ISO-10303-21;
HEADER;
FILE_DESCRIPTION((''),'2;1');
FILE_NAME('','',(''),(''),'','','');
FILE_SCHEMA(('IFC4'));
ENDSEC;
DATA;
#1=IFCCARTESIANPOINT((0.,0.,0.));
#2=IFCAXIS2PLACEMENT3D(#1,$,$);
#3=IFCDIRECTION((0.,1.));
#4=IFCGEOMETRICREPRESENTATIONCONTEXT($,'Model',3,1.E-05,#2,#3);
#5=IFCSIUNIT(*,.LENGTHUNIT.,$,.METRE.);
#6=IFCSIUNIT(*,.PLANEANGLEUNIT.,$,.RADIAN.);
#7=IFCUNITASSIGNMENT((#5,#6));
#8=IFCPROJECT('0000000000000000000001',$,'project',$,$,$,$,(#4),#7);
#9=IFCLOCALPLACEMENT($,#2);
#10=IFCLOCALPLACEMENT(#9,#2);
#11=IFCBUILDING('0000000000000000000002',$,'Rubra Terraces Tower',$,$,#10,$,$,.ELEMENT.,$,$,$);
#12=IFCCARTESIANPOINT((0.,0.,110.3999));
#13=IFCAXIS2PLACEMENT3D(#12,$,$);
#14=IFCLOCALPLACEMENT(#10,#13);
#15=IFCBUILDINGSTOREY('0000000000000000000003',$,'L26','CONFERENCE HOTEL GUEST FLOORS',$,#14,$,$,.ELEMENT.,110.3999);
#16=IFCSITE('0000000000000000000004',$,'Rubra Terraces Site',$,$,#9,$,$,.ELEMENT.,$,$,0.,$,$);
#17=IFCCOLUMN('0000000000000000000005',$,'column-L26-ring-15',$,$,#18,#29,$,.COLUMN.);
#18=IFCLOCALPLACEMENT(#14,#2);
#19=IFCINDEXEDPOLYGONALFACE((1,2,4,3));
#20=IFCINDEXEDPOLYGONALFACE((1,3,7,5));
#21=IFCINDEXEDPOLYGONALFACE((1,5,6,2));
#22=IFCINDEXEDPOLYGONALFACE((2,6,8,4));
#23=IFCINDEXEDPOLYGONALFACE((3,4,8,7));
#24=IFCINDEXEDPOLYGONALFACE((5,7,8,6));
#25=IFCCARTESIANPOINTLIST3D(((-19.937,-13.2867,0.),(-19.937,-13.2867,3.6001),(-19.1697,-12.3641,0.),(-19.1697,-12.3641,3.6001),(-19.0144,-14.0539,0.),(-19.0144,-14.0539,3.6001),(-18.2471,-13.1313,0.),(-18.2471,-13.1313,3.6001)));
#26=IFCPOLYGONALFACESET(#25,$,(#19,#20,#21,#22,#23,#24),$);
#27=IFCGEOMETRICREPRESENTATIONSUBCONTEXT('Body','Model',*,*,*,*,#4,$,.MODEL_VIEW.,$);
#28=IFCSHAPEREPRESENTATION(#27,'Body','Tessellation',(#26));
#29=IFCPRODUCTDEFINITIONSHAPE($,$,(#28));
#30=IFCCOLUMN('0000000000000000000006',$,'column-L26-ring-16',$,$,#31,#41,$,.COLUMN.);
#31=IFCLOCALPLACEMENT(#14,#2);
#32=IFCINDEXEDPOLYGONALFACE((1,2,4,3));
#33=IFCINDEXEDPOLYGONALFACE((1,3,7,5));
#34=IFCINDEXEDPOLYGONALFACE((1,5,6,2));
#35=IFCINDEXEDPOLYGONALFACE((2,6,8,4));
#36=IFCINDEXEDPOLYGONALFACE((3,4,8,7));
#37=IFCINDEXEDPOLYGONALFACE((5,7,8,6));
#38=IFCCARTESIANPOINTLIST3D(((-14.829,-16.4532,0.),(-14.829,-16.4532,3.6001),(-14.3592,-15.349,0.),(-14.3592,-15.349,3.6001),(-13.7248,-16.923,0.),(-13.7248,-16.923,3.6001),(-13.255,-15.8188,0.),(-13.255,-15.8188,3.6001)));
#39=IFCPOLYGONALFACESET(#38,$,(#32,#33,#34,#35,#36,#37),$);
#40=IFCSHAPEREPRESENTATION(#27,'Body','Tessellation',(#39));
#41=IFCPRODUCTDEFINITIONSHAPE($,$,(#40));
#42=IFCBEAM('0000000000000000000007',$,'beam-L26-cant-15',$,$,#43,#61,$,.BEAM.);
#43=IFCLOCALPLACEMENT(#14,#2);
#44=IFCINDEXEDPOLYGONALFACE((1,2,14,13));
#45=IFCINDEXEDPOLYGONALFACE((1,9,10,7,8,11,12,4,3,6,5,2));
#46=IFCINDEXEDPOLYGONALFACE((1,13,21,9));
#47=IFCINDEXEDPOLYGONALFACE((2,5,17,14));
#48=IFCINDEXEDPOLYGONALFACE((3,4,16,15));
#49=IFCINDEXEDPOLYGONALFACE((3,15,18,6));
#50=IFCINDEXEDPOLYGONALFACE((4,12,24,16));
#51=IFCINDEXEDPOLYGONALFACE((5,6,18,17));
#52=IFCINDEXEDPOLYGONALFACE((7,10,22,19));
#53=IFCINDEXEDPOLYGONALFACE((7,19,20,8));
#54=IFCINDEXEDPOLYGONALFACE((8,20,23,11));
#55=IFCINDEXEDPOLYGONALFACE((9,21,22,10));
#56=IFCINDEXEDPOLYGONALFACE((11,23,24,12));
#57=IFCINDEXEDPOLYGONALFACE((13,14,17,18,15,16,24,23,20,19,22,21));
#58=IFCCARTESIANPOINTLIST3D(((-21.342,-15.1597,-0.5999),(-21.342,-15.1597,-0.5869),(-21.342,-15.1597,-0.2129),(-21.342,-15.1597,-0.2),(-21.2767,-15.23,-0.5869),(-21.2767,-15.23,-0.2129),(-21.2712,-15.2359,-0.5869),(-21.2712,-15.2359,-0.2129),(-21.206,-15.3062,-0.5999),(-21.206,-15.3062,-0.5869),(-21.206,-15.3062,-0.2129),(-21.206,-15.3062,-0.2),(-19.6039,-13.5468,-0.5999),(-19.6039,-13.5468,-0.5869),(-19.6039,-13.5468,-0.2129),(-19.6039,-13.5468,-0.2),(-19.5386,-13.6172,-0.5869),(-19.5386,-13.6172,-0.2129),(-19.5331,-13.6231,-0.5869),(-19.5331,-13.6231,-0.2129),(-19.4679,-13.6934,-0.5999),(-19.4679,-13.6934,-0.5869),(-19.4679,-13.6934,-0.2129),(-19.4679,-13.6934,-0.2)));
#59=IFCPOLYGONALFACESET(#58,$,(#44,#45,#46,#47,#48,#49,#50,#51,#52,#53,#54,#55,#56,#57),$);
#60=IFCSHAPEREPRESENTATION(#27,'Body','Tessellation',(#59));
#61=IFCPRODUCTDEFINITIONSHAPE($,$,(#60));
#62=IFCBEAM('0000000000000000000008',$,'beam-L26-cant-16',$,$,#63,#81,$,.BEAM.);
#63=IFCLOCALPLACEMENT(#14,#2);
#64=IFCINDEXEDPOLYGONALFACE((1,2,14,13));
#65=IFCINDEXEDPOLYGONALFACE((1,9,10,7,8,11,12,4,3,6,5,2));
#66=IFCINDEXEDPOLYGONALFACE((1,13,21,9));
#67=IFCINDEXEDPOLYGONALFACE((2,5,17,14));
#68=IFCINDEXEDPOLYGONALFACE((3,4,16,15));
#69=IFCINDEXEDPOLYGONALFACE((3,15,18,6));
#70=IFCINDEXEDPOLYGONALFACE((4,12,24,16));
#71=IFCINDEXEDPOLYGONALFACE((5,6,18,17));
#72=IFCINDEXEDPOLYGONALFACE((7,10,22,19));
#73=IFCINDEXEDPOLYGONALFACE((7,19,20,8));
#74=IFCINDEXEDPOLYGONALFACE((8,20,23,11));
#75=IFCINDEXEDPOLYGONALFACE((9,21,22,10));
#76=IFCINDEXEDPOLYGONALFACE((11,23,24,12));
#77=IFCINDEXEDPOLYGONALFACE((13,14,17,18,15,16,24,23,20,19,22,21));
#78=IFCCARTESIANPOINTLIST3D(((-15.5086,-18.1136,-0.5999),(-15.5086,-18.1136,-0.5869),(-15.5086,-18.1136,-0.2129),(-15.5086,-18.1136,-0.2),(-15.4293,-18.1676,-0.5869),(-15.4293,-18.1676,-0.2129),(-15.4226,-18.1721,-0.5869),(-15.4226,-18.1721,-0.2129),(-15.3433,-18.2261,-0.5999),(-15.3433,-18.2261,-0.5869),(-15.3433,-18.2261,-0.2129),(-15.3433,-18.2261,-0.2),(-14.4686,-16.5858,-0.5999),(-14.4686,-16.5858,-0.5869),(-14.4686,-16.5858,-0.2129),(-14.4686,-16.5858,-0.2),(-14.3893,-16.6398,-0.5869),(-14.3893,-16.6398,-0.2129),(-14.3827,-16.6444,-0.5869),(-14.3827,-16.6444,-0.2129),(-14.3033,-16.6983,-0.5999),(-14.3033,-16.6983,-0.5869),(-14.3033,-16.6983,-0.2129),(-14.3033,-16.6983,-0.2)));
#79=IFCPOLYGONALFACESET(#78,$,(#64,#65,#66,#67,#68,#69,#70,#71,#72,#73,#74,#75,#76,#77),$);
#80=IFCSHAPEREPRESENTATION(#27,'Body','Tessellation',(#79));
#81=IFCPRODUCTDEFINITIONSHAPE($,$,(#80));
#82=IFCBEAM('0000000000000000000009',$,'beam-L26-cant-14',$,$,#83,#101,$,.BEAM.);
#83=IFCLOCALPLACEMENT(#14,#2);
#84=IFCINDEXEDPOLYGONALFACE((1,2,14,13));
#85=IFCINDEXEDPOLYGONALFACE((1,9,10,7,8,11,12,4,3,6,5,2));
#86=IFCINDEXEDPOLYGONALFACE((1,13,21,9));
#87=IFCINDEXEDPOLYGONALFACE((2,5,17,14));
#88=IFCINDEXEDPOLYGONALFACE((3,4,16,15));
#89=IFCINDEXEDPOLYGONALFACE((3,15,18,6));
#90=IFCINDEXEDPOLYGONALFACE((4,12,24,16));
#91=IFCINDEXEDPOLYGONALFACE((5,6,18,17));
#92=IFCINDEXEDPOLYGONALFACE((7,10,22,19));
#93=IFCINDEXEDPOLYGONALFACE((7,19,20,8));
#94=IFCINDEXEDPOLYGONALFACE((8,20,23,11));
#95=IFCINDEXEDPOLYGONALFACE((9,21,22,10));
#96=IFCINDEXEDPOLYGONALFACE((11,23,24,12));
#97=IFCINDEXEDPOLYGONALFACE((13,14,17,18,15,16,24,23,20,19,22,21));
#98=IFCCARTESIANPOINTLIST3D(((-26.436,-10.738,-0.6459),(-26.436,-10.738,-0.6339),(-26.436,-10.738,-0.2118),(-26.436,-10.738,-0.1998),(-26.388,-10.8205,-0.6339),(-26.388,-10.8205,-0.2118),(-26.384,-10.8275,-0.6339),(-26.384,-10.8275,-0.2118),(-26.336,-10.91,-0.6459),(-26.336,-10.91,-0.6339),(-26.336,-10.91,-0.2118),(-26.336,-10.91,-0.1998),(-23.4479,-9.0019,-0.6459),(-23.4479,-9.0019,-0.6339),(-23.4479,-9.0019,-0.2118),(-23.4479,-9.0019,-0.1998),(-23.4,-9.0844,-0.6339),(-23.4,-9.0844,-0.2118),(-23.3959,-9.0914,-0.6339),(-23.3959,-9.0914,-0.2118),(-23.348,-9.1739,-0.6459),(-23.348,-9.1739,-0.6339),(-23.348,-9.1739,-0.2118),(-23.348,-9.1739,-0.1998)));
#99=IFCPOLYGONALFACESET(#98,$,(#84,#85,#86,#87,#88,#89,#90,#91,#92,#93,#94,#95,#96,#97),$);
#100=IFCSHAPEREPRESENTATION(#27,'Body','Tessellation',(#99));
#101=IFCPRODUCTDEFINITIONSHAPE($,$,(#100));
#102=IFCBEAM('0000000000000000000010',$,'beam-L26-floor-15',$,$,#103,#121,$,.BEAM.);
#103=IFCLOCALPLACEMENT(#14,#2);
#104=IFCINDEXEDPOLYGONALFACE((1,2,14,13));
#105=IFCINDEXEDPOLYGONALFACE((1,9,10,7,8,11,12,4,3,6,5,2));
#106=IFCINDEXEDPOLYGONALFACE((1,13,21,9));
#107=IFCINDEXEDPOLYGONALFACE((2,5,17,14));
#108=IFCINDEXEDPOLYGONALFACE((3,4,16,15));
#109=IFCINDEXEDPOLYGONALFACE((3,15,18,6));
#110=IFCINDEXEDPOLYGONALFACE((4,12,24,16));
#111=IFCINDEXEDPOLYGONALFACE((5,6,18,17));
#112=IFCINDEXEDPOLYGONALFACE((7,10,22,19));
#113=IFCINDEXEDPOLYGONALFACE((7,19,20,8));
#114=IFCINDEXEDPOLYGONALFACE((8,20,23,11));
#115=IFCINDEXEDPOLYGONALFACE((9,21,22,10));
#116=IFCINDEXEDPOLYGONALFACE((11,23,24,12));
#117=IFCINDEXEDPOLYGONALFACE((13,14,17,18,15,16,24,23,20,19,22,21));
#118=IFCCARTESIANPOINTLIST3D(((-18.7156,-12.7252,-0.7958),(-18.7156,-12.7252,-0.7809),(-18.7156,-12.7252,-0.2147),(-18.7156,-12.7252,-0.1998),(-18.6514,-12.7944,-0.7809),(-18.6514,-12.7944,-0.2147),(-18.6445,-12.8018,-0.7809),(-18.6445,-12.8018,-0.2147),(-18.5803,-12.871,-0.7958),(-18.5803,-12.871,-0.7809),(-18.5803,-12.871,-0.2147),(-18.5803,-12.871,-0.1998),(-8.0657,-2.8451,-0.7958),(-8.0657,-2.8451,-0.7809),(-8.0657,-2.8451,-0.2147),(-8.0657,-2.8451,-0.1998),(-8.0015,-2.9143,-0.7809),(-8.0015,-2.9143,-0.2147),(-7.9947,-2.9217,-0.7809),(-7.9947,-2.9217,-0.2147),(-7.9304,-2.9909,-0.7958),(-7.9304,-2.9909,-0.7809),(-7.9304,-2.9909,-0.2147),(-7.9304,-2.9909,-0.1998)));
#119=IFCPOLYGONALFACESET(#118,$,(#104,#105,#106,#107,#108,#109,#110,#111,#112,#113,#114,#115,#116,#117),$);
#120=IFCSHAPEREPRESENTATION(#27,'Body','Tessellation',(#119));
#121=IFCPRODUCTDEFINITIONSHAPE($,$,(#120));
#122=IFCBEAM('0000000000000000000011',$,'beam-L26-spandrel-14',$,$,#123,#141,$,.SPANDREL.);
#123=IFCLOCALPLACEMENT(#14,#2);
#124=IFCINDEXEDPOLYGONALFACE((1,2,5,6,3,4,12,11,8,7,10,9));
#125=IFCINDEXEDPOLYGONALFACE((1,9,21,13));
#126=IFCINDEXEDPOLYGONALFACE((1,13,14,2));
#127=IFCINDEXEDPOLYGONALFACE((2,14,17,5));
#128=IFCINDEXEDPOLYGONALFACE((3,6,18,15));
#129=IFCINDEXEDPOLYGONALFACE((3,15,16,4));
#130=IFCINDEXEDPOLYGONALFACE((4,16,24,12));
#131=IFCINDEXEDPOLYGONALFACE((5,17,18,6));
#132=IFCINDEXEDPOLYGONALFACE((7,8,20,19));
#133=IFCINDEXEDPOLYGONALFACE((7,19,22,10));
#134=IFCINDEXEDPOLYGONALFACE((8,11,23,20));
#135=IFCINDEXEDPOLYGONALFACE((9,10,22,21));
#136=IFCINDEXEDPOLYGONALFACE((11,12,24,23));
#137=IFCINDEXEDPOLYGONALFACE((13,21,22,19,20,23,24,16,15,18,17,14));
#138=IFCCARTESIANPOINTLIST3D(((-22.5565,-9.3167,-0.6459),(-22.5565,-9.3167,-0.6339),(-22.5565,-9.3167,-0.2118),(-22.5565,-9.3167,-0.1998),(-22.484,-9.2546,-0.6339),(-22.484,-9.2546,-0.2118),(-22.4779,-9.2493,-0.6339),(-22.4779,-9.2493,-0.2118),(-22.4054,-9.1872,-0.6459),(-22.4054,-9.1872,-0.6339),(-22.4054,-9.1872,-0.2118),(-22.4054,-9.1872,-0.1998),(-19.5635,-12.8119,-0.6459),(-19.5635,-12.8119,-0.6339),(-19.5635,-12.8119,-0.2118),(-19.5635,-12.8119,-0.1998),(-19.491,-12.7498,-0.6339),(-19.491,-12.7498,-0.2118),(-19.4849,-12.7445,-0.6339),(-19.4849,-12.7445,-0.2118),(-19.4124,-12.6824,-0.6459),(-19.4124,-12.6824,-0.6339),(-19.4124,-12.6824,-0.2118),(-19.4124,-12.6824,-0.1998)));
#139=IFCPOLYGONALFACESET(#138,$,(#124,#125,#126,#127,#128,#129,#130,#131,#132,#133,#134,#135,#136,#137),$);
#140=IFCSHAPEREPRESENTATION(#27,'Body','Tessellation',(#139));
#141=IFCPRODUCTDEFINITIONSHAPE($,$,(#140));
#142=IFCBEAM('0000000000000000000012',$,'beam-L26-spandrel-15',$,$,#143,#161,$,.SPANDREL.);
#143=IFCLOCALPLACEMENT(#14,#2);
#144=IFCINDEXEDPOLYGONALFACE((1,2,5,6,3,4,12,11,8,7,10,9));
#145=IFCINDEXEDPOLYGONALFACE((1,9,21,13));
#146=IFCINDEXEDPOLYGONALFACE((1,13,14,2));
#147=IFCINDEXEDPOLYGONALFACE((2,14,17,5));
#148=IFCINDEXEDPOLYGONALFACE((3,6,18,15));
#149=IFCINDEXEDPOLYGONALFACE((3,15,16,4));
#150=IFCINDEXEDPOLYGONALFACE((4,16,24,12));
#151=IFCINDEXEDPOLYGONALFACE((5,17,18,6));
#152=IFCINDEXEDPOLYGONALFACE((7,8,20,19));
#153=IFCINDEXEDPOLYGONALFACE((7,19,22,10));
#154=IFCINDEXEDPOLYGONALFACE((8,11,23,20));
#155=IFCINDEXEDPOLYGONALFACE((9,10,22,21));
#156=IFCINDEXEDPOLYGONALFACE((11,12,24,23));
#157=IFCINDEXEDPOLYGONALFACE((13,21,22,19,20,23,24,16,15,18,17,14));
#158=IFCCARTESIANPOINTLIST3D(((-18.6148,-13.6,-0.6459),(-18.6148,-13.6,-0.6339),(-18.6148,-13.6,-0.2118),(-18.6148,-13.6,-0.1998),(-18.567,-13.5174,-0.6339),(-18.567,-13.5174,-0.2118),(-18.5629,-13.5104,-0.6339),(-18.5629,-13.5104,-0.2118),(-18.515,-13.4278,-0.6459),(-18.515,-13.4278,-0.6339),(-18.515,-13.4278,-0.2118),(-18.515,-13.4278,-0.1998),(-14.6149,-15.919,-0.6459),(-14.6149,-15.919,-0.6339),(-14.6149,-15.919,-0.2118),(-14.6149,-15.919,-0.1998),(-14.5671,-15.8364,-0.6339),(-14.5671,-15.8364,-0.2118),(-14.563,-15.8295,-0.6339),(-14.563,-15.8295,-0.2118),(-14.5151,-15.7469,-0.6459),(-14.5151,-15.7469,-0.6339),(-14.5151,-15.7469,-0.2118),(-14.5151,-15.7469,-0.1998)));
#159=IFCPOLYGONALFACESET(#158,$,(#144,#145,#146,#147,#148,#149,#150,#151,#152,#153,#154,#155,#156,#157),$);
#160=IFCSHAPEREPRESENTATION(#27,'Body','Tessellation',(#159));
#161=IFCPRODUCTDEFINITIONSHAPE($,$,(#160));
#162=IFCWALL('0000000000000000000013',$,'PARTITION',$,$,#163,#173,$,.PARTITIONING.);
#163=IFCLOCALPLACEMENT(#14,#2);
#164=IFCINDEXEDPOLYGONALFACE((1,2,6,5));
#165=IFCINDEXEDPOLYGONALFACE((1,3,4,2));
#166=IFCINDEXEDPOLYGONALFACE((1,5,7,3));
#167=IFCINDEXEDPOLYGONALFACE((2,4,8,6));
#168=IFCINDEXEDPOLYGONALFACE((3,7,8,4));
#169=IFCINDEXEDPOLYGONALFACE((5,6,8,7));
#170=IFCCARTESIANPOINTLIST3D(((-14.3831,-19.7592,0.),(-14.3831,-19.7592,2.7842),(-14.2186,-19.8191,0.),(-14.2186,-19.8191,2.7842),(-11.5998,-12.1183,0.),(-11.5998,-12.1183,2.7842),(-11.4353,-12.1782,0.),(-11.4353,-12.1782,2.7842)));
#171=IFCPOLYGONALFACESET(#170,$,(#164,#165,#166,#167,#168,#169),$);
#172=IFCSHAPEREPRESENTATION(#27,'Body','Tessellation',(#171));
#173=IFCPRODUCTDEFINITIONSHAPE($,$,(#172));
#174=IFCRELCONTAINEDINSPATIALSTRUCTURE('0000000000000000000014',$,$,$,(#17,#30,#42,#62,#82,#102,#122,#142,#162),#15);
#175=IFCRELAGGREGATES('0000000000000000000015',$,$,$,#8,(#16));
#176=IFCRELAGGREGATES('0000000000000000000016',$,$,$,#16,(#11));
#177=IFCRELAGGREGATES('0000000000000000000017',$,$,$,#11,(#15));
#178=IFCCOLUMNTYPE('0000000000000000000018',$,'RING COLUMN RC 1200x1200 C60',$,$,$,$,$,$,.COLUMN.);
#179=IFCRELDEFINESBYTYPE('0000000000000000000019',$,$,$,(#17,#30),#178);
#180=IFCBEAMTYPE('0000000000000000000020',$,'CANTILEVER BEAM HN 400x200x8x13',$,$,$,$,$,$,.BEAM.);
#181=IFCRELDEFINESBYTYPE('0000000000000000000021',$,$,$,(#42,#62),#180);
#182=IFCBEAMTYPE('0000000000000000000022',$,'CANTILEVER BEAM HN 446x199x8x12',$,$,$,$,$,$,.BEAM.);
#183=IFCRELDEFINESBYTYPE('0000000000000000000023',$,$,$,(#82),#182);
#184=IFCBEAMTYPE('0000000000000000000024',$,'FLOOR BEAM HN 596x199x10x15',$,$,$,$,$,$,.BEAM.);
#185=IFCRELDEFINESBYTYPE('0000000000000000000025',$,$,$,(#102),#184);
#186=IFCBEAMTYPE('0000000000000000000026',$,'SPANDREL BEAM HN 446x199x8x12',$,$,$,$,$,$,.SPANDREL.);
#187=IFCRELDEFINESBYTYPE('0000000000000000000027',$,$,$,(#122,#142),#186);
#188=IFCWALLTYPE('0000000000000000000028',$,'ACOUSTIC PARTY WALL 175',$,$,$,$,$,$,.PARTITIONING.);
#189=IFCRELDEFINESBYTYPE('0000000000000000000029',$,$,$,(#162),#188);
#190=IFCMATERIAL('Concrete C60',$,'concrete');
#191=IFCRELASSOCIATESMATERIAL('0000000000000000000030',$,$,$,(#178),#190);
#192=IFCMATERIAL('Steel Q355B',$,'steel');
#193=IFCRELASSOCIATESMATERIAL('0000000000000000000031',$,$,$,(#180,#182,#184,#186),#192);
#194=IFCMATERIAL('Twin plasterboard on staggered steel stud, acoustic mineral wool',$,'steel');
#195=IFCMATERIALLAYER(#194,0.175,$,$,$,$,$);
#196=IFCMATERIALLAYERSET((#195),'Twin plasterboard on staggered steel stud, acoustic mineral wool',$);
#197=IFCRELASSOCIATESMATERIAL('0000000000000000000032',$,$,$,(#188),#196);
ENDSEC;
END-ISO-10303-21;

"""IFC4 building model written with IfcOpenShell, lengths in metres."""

from ifc_helpers import new_model, si_unit, direction, frame, frame_2d, origin, origin_2d, place, context, subcontext, project, spatial, rectangle, i_section, extrude, material, layer, layer_set, material_profile, profile_set, type_object, element, save


model = new_model("IFC4")

# Units and contexts
model_context = context("Model", 3, precision=1e-05, world=origin(), true_north=direction((0.0, 1.0)))
body_context = subcontext(model_context, "Body", "Model", "MODEL_VIEW")
ifc_project = project(units=[si_unit("LENGTHUNIT", "METRE"), si_unit("PLANEANGLEUNIT", "RADIAN")], contexts=[model_context])

# Site, building, storey
site_placement = place(None, origin())
site = spatial("IfcSite", under=ifc_project, at=site_placement, Name="Rubra Terraces Site", CompositionType="ELEMENT", RefElevation=0.0)
building_placement = place(site_placement, origin())
building = spatial("IfcBuilding", under=site, at=building_placement, Name="Rubra Terraces Tower", CompositionType="ELEMENT")
storey_placement = place(building_placement, frame((0.0, 0.0, 110.3999)))
storey = spatial("IfcBuildingStorey", under=building, at=storey_placement, Name="L26", Description="CONFERENCE HOTEL GUEST FLOORS", CompositionType="ELEMENT", Elevation=110.3999)

# Columns
ifc_material_1 = material(Name="Concrete C60", Category="concrete")
ifc_material_profile_1 = material_profile(ifc_material_1, rectangle(XDim=1.2, YDim=1.2, at=origin_2d()), Name="RC 1200x1200")
ifc_profile_set_1 = profile_set([ifc_material_profile_1], Name="Concrete C60")
column_type = type_object("IfcColumnType", Name="RING COLUMN RC 1200x1200 C60", PredefinedType="COLUMN", material=ifc_profile_set_1)
for number, where, z_axis, x_axis, name in (
    (1, (-19.092, -13.209, 0.0), (0.0, 0.0, 1.0), (0.76887, -0.639405, 0.0), "column-L26-ring-15"),
    (2, (-14.042, -16.136, 0.0), (0.0, 0.0, 1.0), (0.920168, -0.391524, 0.0), "column-L26-ring-16"),
):
    element("IfcColumn", number, at=place(storey_placement, frame(where, z_axis=z_axis, x_axis=x_axis)), inside=storey, type_object=column_type, Name=name, PredefinedType="COLUMN", context=body_context, shape_type="SweptSolid", body=[
        extrude(rectangle(XDim=1.2, YDim=1.2, at=origin_2d()), origin(), (0.0, 0.0, 1.0), 3.6001),
    ])

# Beams
ifc_material_2 = material(Name="Steel Q355B", Category="steel")
ifc_material_profile_2 = material_profile(ifc_material_2, i_section(OverallWidth=0.2, OverallDepth=0.3999, WebThickness=0.0081, FlangeThickness=0.0129, at=origin_2d()), Name="HN 400x200x8x13")
ifc_profile_set_2 = profile_set([ifc_material_profile_2], Name="Steel Q355B")
beam_type_1 = type_object("IfcBeamType", Name="CANTILEVER BEAM HN 400x200x8x13", PredefinedType="BEAM", material=ifc_profile_set_2)
beam_1_placement = place(storey_placement, frame((-19.5359, -13.6201, -0.3999), z_axis=(-0.733024, -0.680202, 0.0), x_axis=(0.680202, -0.733024, 0.0)))
element("IfcBeam", 3, at=beam_1_placement, inside=storey, type_object=beam_type_1, Name="beam-L26-cant-15", PredefinedType="BEAM", context=body_context, shape_type="SweptSolid", body=[
    extrude(i_section(OverallWidth=0.2, OverallDepth=0.3999, WebThickness=0.0081, FlangeThickness=0.0129, at=origin_2d()), origin(), (0.0, 0.0, 1.0), 2.3711),
])
beam_2_placement = place(storey_placement, frame((-14.386, -16.6421, -0.3999), z_axis=(-0.562722, -0.826646, 0.0), x_axis=(0.826646, -0.562722, 0.0)))
element("IfcBeam", 4, at=beam_2_placement, inside=storey, type_object=beam_type_1, Name="beam-L26-cant-16", PredefinedType="BEAM", context=body_context, shape_type="SweptSolid", body=[
    extrude(i_section(OverallWidth=0.2, OverallDepth=0.3999, WebThickness=0.0081, FlangeThickness=0.0129, at=origin_2d()), origin(), (0.0, 0.0, 1.0), 1.8481),
])
ifc_material_profile_3 = material_profile(ifc_material_2, i_section(OverallWidth=0.199, OverallDepth=0.446, WebThickness=0.0081, FlangeThickness=0.012, at=origin_2d()), Name="HN 446x199x8x12")
ifc_profile_set_3 = profile_set([ifc_material_profile_3], Name="Steel Q355B")
beam_type_2 = type_object("IfcBeamType", Name="CANTILEVER BEAM HN 446x199x8x12", PredefinedType="BEAM", material=ifc_profile_set_3)
beam_3_placement = place(storey_placement, frame((-23.3979, -9.0879, -0.4229), z_axis=(-0.864651, -0.502372, 0.0), x_axis=(0.502372, -0.864651, 0.0)))
element("IfcBeam", 5, at=beam_3_placement, inside=storey, type_object=beam_type_2, Name="beam-L26-cant-14", PredefinedType="BEAM", context=body_context, shape_type="SweptSolid", body=[
    extrude(i_section(OverallWidth=0.199, OverallDepth=0.446, WebThickness=0.0081, FlangeThickness=0.012, at=origin_2d()), origin(), (0.0, 0.0, 1.0), 3.4558),
])
ifc_material_profile_4 = material_profile(ifc_material_2, i_section(OverallWidth=0.199, OverallDepth=0.5959, WebThickness=0.01, FlangeThickness=0.0149, at=origin_2d()), Name="HN 596x199x10x15")
ifc_profile_set_4 = profile_set([ifc_material_profile_4], Name="Steel Q355B")
beam_type_3 = type_object("IfcBeamType", Name="FLOOR BEAM HN 596x199x10x15", PredefinedType="BEAM", material=ifc_profile_set_4)
beam_4_placement = place(storey_placement, frame((-18.6479, -12.7981, -0.4978), z_axis=(0.733105, 0.680116, 0.0), x_axis=(-0.680116, 0.733105, 0.0)))
element("IfcBeam", 6, at=beam_4_placement, inside=storey, type_object=beam_type_3, Name="beam-L26-floor-15", PredefinedType="BEAM", context=body_context, shape_type="SweptSolid", body=[
    extrude(i_section(OverallWidth=0.199, OverallDepth=0.5959, WebThickness=0.01, FlangeThickness=0.0149, at=origin_2d()), origin(), (0.0, 0.0, 1.0), 14.5271),
])
ifc_material_profile_5 = material_profile(ifc_material_2, i_section(OverallWidth=0.199, OverallDepth=0.446, WebThickness=0.0081, FlangeThickness=0.012, at=origin_2d()), Name="HN 446x199x8x12")
ifc_profile_set_5 = profile_set([ifc_material_profile_5], Name="Steel Q355B")
beam_type_4 = type_object("IfcBeamType", Name="SPANDREL BEAM HN 446x199x8x12", PredefinedType="SPANDREL", material=ifc_profile_set_5)
beam_5_placement = place(storey_placement, frame((-22.481, -9.252, -0.4229), z_axis=(0.650429, -0.759567, 0.0), x_axis=(0.759567, 0.650429, 0.0)))
element("IfcBeam", 7, at=beam_5_placement, inside=storey, type_object=beam_type_4, Name="beam-L26-spandrel-14", PredefinedType="SPANDREL", context=body_context, shape_type="SweptSolid", body=[
    extrude(i_section(OverallWidth=0.199, OverallDepth=0.446, WebThickness=0.0081, FlangeThickness=0.012, at=origin_2d()), origin(), (0.0, 0.0, 1.0), 4.6016),
])
beam_6_placement = place(storey_placement, frame((-18.5649, -13.5139, -0.4229), z_axis=(0.865116, -0.501571, 0.0), x_axis=(0.501571, 0.865116, 0.0)))
element("IfcBeam", 8, at=beam_6_placement, inside=storey, type_object=beam_type_4, Name="beam-L26-spandrel-15", PredefinedType="SPANDREL", context=body_context, shape_type="SweptSolid", body=[
    extrude(i_section(OverallWidth=0.199, OverallDepth=0.446, WebThickness=0.0081, FlangeThickness=0.012, at=origin_2d()), origin(), (0.0, 0.0, 1.0), 4.6235),
])

# Wall
ifc_material_3 = material(Name="Twin plasterboard on staggered steel stud, acoustic mineral wool", Category="steel")
ifc_layer_1 = layer(ifc_material_3, 0.175)
ifc_layer_set_1 = layer_set([ifc_layer_1], Name="Twin plasterboard on staggered steel stud, acoustic mineral wool")
wall_type_1 = type_object("IfcWallType", Name="ACOUSTIC PARTY WALL 175", PredefinedType="PARTITIONING", material=ifc_layer_set_1)
wall_1_placement = place(storey_placement, frame((-14.3008, -19.7891, 0.0), z_axis=(0.0, 0.0, 1.0), x_axis=(0.342254, 0.939607, 0.0)))
element("IfcWall", 9, at=wall_1_placement, inside=storey, type_object=wall_type_1, Name="PARTITION", PredefinedType="PARTITIONING", context=body_context, shape_type="SweptSolid", body=[
    extrude(rectangle(XDim=8.1321, YDim=0.175, at=frame_2d((4.0659, 0.0))), origin(), (0.0, 0.0, 1.0), 2.7842),
])

save(model, "model.ifc")
